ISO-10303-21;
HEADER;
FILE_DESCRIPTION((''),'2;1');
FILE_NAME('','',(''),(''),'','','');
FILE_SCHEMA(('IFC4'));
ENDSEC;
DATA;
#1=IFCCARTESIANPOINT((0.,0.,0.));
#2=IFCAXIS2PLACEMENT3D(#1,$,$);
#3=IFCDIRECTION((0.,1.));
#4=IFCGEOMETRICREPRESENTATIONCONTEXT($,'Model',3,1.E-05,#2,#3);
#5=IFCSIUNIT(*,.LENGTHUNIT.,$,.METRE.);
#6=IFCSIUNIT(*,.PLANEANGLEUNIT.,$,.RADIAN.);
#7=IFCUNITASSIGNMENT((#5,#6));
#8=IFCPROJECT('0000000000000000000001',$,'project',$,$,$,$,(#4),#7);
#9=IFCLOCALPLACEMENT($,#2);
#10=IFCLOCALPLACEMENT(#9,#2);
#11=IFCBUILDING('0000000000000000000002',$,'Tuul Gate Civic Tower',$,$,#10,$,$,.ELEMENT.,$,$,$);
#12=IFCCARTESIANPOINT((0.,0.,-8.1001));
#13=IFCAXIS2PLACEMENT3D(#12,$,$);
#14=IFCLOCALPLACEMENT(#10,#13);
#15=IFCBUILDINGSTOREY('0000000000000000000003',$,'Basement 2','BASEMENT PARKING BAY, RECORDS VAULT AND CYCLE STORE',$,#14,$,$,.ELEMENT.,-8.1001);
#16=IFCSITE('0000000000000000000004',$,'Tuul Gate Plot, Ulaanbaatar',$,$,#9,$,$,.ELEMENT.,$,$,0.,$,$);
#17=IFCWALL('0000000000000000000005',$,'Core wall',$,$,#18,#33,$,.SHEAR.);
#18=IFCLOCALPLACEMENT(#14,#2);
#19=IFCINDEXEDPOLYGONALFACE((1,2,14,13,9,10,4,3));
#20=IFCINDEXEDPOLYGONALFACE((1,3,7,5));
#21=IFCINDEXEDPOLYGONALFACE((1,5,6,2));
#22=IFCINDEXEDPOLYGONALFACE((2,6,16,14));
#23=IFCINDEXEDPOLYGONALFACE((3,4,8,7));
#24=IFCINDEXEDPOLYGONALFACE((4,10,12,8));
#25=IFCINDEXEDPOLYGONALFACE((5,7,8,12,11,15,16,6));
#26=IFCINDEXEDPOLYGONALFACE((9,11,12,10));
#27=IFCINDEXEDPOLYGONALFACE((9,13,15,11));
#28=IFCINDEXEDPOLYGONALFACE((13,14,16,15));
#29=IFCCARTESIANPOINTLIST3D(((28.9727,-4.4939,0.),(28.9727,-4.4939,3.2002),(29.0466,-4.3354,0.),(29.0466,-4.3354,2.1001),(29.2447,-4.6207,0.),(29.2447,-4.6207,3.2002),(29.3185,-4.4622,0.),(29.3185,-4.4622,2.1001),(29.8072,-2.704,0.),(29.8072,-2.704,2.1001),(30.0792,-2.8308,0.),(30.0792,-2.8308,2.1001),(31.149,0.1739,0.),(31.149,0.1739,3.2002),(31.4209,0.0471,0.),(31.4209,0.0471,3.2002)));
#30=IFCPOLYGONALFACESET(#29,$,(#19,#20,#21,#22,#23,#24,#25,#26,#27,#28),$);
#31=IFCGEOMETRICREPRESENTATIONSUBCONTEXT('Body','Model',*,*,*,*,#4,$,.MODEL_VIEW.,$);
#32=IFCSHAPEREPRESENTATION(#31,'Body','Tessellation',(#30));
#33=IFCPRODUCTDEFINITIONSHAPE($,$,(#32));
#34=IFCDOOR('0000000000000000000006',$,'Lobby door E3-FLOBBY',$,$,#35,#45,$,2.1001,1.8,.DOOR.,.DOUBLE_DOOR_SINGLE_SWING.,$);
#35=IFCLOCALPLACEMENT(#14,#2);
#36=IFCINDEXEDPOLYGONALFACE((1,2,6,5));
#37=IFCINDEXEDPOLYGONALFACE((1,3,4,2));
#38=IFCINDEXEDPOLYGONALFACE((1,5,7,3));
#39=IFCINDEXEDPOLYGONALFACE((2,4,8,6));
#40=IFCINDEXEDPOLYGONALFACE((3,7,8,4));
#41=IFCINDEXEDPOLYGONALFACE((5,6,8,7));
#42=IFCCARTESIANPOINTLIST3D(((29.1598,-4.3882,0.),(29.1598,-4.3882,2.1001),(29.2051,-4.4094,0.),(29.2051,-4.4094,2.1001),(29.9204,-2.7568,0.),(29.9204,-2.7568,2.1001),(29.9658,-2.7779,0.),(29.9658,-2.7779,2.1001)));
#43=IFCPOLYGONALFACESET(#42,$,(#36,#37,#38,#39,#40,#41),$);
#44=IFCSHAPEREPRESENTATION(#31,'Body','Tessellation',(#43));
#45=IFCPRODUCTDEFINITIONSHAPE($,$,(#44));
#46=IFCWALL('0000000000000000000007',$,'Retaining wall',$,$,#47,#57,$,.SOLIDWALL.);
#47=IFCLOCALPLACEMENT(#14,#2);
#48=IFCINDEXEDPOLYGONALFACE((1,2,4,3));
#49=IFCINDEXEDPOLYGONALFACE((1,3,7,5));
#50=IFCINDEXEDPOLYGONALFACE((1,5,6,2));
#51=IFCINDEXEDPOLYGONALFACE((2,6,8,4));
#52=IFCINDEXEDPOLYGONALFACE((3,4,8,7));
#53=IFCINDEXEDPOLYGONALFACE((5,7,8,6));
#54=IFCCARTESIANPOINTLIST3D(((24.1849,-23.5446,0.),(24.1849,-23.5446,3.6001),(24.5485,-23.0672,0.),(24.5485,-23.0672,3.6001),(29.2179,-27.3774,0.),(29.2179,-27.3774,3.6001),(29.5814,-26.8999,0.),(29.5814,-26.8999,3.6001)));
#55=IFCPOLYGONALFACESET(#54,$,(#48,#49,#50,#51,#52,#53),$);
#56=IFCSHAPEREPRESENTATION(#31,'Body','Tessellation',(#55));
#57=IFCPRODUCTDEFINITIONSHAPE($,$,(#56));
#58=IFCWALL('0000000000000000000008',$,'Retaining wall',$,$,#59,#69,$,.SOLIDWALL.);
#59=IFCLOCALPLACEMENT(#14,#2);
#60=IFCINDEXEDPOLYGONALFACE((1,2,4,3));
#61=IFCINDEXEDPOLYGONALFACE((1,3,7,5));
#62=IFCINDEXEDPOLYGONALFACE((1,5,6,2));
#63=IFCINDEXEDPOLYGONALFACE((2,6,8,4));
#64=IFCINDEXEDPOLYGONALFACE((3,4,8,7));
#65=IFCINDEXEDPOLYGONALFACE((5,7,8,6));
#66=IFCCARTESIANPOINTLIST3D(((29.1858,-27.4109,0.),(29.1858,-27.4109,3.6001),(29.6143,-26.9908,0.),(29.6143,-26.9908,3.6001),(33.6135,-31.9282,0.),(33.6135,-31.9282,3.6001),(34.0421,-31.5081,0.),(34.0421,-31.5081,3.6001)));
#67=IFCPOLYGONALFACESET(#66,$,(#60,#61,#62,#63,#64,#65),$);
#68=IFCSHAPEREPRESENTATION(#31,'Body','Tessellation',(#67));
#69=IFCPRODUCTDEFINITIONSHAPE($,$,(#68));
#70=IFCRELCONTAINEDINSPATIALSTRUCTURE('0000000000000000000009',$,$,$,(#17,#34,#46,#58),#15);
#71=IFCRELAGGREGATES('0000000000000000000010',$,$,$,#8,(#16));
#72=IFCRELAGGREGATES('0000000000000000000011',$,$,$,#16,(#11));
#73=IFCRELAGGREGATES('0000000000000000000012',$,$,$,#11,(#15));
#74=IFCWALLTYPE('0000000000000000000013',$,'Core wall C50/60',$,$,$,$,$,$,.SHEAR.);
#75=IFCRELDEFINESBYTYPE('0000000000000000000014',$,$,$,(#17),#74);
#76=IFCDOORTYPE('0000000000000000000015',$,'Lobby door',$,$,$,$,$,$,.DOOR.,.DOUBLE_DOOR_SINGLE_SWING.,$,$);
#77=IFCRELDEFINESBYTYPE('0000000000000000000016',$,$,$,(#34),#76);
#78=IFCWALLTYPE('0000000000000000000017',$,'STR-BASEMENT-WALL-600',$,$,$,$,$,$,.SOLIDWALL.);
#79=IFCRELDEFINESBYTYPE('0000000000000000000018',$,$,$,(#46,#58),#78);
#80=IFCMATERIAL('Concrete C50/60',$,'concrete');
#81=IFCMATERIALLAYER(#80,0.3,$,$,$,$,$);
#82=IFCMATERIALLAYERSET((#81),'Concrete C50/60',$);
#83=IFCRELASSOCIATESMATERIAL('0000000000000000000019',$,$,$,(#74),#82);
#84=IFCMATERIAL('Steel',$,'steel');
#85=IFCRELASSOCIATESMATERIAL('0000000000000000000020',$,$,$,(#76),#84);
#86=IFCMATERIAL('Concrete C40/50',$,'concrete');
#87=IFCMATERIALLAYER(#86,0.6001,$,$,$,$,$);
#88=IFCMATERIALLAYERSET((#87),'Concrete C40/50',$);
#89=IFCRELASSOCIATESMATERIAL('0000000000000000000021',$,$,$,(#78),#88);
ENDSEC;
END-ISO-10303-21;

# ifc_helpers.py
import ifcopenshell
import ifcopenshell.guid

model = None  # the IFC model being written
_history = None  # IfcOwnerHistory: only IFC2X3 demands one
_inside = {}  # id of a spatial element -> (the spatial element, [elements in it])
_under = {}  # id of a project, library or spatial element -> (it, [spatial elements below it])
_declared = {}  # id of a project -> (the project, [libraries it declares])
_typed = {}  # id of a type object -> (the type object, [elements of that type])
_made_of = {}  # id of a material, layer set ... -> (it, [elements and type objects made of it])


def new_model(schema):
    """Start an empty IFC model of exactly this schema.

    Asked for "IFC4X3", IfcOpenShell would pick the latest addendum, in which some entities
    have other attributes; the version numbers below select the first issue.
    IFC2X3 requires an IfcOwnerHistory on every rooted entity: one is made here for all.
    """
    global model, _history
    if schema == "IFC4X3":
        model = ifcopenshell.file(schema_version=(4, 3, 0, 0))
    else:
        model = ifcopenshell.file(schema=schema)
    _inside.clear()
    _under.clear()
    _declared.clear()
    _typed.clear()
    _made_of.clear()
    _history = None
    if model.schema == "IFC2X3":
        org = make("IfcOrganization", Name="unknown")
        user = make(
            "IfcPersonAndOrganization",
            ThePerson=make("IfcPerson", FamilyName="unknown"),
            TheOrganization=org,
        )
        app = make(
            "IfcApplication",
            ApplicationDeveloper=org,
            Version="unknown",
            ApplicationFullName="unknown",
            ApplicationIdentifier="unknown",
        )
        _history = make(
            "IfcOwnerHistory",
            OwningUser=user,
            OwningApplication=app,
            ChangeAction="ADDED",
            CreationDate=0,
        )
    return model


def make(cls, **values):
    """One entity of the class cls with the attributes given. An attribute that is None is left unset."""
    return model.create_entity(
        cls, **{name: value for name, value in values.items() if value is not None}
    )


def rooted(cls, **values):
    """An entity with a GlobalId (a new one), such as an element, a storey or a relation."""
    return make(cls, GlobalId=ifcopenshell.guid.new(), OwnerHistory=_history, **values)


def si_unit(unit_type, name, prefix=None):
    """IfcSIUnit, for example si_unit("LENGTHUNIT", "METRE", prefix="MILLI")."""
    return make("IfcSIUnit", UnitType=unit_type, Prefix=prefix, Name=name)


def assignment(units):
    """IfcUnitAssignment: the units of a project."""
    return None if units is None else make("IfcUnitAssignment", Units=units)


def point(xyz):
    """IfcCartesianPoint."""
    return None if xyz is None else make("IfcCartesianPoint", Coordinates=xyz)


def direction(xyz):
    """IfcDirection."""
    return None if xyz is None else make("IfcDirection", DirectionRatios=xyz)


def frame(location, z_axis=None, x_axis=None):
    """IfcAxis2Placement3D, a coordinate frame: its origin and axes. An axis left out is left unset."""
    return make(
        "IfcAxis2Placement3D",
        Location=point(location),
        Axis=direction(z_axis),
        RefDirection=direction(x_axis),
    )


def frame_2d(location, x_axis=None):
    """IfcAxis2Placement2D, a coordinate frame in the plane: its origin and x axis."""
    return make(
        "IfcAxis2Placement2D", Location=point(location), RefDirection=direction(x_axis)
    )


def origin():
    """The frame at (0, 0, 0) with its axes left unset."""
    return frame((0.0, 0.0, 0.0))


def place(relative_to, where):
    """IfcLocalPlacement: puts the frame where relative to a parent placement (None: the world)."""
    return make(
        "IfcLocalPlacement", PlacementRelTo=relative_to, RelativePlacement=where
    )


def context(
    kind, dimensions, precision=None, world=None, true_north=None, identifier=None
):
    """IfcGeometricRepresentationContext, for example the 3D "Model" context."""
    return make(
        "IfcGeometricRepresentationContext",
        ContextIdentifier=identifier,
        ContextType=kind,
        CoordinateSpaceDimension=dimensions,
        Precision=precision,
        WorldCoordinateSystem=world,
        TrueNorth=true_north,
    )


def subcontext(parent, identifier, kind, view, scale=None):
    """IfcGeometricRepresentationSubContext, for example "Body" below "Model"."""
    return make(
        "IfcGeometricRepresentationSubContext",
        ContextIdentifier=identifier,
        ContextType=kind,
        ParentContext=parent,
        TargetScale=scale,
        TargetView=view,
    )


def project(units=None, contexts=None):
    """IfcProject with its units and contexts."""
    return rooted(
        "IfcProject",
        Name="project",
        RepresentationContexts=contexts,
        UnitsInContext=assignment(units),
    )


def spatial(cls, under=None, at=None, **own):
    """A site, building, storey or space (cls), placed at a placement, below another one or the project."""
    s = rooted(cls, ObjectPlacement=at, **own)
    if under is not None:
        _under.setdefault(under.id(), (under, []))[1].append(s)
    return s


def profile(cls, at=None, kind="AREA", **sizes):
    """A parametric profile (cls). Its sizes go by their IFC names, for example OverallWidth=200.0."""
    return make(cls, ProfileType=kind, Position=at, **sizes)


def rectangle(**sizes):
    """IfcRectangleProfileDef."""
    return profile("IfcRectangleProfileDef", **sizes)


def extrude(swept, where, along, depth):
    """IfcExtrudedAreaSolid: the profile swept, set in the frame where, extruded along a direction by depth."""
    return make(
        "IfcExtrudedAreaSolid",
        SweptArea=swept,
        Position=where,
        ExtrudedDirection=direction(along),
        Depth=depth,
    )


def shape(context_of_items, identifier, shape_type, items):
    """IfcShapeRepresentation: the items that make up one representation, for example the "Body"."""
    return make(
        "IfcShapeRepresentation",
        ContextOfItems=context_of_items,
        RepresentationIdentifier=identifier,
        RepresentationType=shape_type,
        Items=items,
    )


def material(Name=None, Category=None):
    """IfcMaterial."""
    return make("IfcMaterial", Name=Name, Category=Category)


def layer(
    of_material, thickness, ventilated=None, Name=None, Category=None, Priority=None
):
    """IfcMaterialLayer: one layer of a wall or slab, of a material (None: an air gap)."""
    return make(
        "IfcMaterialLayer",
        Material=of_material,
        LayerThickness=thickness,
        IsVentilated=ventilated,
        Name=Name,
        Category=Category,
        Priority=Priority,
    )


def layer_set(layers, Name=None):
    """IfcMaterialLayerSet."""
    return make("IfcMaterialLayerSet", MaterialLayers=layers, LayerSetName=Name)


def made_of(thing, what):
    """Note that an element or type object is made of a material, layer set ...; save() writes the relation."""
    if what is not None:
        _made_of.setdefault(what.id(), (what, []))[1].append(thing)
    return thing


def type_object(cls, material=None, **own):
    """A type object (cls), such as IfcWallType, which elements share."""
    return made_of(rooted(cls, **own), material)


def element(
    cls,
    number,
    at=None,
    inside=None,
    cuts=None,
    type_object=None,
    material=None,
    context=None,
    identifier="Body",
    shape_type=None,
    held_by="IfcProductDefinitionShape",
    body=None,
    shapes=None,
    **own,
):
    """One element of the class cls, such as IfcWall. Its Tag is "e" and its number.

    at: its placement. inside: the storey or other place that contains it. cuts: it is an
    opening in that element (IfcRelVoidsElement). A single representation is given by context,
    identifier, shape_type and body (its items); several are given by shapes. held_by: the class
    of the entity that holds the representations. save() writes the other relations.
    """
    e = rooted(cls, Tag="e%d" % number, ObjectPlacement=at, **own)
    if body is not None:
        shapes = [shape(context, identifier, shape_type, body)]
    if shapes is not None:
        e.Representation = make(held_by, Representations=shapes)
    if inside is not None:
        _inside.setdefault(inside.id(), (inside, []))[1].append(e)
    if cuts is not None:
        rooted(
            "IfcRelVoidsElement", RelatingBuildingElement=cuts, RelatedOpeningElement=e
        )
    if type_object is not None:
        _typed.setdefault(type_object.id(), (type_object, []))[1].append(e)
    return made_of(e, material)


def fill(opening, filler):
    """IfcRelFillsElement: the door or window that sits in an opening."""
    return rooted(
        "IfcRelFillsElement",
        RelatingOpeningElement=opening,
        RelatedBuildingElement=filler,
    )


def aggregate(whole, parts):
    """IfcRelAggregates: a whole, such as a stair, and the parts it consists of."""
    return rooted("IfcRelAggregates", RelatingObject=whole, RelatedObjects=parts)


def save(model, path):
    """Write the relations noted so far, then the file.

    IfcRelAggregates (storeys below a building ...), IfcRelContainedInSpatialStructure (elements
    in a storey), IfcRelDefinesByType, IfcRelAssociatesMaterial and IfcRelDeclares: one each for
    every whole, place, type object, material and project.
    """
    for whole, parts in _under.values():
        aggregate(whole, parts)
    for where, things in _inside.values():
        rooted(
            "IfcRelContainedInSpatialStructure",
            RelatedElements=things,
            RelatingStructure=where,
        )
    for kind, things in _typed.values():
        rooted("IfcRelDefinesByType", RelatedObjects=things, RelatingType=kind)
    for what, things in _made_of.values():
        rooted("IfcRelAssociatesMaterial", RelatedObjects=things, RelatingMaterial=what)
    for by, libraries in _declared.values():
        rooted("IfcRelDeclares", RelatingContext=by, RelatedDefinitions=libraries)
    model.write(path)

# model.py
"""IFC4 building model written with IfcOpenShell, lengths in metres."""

from ifc_helpers import new_model, si_unit, direction, frame, frame_2d, origin, place, context, subcontext, project, spatial, rectangle, extrude, material, layer, layer_set, type_object, element, fill, save


model = new_model("IFC4")

# Units and contexts
model_context = context("Model", 3, precision=1e-05, world=origin(), true_north=direction((0.0, 1.0)))
body_context = subcontext(model_context, "Body", "Model", "MODEL_VIEW")
ifc_project = project(units=[si_unit("LENGTHUNIT", "METRE"), si_unit("PLANEANGLEUNIT", "RADIAN")], contexts=[model_context])

# Site, building, storey
site_placement = place(None, origin())
site = spatial("IfcSite", under=ifc_project, at=site_placement, Name="Tuul Gate Plot, Ulaanbaatar", CompositionType="ELEMENT", RefElevation=0.0)
building_placement = place(site_placement, origin())
building = spatial("IfcBuilding", under=site, at=building_placement, Name="Tuul Gate Civic Tower", CompositionType="ELEMENT")
storey_placement = place(building_placement, frame((0.0, 0.0, -8.1001)))
storey = spatial("IfcBuildingStorey", under=building, at=storey_placement, Name="Basement 2", Description="BASEMENT PARKING BAY, RECORDS VAULT AND CYCLE STORE", CompositionType="ELEMENT", Elevation=-8.1001)

# Wall, opening, door
ifc_material_1 = material(Name="Concrete C50/60", Category="concrete")
ifc_layer_1 = layer(ifc_material_1, 0.3)
ifc_layer_set_1 = layer_set([ifc_layer_1], Name="Concrete C50/60")
wall_type_1 = type_object("IfcWallType", Name="Core wall C50/60", PredefinedType="SHEAR", material=ifc_layer_set_1)
wall_1_placement = place(storey_placement, frame((29.1086, -4.5574, 0.0), z_axis=(0.0, 0.0, 1.0), x_axis=(0.422566, 0.906332, 0.0)))
wall_1 = element("IfcWall", 1, at=wall_1_placement, inside=storey, type_object=wall_type_1, Name="Core wall", PredefinedType="SHEAR", context=body_context, shape_type="SweptSolid", body=[
    extrude(rectangle(XDim=5.1501, YDim=0.3, at=frame_2d((2.5752, 0.0))), origin(), (0.0, 0.0, 1.0), 3.2002),
])
opening_1_placement = place(wall_1_placement, frame((0.175, 0.0, 0.0)))
opening_1 = element("IfcOpeningElement", 2, at=opening_1_placement, cuts=wall_1, PredefinedType="OPENING", context=body_context, shape_type="SweptSolid", body=[
    extrude(rectangle(XDim=1.8, YDim=2.1001, at=frame_2d((0.8999, 1.05))), frame((0.0, 0.1602, 0.0), z_axis=(0.0, -1.0, 0.0), x_axis=(1.0, 0.0, 0.0)), (0.0, 0.0, 1.0), 0.3201),
])
ifc_material_2 = material(Name="Steel", Category="steel")
door_type_1 = type_object("IfcDoorType", Name="Lobby door", OperationType="DOUBLE_DOOR_SINGLE_SWING", PredefinedType="DOOR", material=ifc_material_2)
door_1_placement = place(opening_1_placement, frame((1.8, 0.0, 0.0), z_axis=(0.0, 0.0, 1.0), x_axis=(-1.0, 0.0, 0.0)))
door_1 = element("IfcDoor", 3, at=door_1_placement, inside=storey, type_object=door_type_1, Name="Lobby door E3-FLOBBY", OperationType="DOUBLE_DOOR_SINGLE_SWING", OverallHeight=2.1001, OverallWidth=1.8, PredefinedType="DOOR", context=body_context, shape_type="SweptSolid", body=[
    extrude(rectangle(XDim=1.8, YDim=2.1001, at=frame_2d((0.9001, 1.05))), frame((0.0, 0.0249, 0.0), z_axis=(0.0, -1.0, 0.0), x_axis=(1.0, 0.0, 0.0)), (0.0, 0.0, 1.0), 0.05),
])
fill(opening_1, door_1)

# Walls
ifc_material_3 = material(Name="Concrete C40/50", Category="concrete")
ifc_layer_2 = layer(ifc_material_3, 0.6001)
ifc_layer_set_2 = layer_set([ifc_layer_2], Name="Concrete C40/50")
wall_type_2 = type_object("IfcWallType", Name="STR-BASEMENT-WALL-600", PredefinedType="SOLIDWALL", material=ifc_layer_set_2)
wall_2_placement = place(storey_placement, frame((24.3667, -23.3059, 0.0), z_axis=(0.0, 0.0, 1.0), x_axis=(0.795574, -0.605856, 0.0)))
element("IfcWall", 4, at=wall_2_placement, inside=storey, type_object=wall_type_2, Name="Retaining wall", PredefinedType="SOLIDWALL", context=body_context, shape_type="SweptSolid", body=[
    extrude(rectangle(XDim=6.3262, YDim=0.6001, at=frame_2d((3.1631, 0.0))), origin(), (0.0, 0.0, 1.0), 3.6001),
])
wall_3_placement = place(storey_placement, frame((29.4001, -27.2009, 0.0), z_axis=(0.0, 0.0, 1.0), x_axis=(0.699989, -0.714154, 0.0)))
element("IfcWall", 5, at=wall_3_placement, inside=storey, type_object=wall_type_2, Name="Retaining wall", PredefinedType="SOLIDWALL", context=body_context, shape_type="SweptSolid", body=[
    extrude(rectangle(XDim=6.3254, YDim=0.6001, at=frame_2d((3.1626, 0.0))), origin(), (0.0, 0.0, 1.0), 3.6001),
])

save(model, "model.ifc")
